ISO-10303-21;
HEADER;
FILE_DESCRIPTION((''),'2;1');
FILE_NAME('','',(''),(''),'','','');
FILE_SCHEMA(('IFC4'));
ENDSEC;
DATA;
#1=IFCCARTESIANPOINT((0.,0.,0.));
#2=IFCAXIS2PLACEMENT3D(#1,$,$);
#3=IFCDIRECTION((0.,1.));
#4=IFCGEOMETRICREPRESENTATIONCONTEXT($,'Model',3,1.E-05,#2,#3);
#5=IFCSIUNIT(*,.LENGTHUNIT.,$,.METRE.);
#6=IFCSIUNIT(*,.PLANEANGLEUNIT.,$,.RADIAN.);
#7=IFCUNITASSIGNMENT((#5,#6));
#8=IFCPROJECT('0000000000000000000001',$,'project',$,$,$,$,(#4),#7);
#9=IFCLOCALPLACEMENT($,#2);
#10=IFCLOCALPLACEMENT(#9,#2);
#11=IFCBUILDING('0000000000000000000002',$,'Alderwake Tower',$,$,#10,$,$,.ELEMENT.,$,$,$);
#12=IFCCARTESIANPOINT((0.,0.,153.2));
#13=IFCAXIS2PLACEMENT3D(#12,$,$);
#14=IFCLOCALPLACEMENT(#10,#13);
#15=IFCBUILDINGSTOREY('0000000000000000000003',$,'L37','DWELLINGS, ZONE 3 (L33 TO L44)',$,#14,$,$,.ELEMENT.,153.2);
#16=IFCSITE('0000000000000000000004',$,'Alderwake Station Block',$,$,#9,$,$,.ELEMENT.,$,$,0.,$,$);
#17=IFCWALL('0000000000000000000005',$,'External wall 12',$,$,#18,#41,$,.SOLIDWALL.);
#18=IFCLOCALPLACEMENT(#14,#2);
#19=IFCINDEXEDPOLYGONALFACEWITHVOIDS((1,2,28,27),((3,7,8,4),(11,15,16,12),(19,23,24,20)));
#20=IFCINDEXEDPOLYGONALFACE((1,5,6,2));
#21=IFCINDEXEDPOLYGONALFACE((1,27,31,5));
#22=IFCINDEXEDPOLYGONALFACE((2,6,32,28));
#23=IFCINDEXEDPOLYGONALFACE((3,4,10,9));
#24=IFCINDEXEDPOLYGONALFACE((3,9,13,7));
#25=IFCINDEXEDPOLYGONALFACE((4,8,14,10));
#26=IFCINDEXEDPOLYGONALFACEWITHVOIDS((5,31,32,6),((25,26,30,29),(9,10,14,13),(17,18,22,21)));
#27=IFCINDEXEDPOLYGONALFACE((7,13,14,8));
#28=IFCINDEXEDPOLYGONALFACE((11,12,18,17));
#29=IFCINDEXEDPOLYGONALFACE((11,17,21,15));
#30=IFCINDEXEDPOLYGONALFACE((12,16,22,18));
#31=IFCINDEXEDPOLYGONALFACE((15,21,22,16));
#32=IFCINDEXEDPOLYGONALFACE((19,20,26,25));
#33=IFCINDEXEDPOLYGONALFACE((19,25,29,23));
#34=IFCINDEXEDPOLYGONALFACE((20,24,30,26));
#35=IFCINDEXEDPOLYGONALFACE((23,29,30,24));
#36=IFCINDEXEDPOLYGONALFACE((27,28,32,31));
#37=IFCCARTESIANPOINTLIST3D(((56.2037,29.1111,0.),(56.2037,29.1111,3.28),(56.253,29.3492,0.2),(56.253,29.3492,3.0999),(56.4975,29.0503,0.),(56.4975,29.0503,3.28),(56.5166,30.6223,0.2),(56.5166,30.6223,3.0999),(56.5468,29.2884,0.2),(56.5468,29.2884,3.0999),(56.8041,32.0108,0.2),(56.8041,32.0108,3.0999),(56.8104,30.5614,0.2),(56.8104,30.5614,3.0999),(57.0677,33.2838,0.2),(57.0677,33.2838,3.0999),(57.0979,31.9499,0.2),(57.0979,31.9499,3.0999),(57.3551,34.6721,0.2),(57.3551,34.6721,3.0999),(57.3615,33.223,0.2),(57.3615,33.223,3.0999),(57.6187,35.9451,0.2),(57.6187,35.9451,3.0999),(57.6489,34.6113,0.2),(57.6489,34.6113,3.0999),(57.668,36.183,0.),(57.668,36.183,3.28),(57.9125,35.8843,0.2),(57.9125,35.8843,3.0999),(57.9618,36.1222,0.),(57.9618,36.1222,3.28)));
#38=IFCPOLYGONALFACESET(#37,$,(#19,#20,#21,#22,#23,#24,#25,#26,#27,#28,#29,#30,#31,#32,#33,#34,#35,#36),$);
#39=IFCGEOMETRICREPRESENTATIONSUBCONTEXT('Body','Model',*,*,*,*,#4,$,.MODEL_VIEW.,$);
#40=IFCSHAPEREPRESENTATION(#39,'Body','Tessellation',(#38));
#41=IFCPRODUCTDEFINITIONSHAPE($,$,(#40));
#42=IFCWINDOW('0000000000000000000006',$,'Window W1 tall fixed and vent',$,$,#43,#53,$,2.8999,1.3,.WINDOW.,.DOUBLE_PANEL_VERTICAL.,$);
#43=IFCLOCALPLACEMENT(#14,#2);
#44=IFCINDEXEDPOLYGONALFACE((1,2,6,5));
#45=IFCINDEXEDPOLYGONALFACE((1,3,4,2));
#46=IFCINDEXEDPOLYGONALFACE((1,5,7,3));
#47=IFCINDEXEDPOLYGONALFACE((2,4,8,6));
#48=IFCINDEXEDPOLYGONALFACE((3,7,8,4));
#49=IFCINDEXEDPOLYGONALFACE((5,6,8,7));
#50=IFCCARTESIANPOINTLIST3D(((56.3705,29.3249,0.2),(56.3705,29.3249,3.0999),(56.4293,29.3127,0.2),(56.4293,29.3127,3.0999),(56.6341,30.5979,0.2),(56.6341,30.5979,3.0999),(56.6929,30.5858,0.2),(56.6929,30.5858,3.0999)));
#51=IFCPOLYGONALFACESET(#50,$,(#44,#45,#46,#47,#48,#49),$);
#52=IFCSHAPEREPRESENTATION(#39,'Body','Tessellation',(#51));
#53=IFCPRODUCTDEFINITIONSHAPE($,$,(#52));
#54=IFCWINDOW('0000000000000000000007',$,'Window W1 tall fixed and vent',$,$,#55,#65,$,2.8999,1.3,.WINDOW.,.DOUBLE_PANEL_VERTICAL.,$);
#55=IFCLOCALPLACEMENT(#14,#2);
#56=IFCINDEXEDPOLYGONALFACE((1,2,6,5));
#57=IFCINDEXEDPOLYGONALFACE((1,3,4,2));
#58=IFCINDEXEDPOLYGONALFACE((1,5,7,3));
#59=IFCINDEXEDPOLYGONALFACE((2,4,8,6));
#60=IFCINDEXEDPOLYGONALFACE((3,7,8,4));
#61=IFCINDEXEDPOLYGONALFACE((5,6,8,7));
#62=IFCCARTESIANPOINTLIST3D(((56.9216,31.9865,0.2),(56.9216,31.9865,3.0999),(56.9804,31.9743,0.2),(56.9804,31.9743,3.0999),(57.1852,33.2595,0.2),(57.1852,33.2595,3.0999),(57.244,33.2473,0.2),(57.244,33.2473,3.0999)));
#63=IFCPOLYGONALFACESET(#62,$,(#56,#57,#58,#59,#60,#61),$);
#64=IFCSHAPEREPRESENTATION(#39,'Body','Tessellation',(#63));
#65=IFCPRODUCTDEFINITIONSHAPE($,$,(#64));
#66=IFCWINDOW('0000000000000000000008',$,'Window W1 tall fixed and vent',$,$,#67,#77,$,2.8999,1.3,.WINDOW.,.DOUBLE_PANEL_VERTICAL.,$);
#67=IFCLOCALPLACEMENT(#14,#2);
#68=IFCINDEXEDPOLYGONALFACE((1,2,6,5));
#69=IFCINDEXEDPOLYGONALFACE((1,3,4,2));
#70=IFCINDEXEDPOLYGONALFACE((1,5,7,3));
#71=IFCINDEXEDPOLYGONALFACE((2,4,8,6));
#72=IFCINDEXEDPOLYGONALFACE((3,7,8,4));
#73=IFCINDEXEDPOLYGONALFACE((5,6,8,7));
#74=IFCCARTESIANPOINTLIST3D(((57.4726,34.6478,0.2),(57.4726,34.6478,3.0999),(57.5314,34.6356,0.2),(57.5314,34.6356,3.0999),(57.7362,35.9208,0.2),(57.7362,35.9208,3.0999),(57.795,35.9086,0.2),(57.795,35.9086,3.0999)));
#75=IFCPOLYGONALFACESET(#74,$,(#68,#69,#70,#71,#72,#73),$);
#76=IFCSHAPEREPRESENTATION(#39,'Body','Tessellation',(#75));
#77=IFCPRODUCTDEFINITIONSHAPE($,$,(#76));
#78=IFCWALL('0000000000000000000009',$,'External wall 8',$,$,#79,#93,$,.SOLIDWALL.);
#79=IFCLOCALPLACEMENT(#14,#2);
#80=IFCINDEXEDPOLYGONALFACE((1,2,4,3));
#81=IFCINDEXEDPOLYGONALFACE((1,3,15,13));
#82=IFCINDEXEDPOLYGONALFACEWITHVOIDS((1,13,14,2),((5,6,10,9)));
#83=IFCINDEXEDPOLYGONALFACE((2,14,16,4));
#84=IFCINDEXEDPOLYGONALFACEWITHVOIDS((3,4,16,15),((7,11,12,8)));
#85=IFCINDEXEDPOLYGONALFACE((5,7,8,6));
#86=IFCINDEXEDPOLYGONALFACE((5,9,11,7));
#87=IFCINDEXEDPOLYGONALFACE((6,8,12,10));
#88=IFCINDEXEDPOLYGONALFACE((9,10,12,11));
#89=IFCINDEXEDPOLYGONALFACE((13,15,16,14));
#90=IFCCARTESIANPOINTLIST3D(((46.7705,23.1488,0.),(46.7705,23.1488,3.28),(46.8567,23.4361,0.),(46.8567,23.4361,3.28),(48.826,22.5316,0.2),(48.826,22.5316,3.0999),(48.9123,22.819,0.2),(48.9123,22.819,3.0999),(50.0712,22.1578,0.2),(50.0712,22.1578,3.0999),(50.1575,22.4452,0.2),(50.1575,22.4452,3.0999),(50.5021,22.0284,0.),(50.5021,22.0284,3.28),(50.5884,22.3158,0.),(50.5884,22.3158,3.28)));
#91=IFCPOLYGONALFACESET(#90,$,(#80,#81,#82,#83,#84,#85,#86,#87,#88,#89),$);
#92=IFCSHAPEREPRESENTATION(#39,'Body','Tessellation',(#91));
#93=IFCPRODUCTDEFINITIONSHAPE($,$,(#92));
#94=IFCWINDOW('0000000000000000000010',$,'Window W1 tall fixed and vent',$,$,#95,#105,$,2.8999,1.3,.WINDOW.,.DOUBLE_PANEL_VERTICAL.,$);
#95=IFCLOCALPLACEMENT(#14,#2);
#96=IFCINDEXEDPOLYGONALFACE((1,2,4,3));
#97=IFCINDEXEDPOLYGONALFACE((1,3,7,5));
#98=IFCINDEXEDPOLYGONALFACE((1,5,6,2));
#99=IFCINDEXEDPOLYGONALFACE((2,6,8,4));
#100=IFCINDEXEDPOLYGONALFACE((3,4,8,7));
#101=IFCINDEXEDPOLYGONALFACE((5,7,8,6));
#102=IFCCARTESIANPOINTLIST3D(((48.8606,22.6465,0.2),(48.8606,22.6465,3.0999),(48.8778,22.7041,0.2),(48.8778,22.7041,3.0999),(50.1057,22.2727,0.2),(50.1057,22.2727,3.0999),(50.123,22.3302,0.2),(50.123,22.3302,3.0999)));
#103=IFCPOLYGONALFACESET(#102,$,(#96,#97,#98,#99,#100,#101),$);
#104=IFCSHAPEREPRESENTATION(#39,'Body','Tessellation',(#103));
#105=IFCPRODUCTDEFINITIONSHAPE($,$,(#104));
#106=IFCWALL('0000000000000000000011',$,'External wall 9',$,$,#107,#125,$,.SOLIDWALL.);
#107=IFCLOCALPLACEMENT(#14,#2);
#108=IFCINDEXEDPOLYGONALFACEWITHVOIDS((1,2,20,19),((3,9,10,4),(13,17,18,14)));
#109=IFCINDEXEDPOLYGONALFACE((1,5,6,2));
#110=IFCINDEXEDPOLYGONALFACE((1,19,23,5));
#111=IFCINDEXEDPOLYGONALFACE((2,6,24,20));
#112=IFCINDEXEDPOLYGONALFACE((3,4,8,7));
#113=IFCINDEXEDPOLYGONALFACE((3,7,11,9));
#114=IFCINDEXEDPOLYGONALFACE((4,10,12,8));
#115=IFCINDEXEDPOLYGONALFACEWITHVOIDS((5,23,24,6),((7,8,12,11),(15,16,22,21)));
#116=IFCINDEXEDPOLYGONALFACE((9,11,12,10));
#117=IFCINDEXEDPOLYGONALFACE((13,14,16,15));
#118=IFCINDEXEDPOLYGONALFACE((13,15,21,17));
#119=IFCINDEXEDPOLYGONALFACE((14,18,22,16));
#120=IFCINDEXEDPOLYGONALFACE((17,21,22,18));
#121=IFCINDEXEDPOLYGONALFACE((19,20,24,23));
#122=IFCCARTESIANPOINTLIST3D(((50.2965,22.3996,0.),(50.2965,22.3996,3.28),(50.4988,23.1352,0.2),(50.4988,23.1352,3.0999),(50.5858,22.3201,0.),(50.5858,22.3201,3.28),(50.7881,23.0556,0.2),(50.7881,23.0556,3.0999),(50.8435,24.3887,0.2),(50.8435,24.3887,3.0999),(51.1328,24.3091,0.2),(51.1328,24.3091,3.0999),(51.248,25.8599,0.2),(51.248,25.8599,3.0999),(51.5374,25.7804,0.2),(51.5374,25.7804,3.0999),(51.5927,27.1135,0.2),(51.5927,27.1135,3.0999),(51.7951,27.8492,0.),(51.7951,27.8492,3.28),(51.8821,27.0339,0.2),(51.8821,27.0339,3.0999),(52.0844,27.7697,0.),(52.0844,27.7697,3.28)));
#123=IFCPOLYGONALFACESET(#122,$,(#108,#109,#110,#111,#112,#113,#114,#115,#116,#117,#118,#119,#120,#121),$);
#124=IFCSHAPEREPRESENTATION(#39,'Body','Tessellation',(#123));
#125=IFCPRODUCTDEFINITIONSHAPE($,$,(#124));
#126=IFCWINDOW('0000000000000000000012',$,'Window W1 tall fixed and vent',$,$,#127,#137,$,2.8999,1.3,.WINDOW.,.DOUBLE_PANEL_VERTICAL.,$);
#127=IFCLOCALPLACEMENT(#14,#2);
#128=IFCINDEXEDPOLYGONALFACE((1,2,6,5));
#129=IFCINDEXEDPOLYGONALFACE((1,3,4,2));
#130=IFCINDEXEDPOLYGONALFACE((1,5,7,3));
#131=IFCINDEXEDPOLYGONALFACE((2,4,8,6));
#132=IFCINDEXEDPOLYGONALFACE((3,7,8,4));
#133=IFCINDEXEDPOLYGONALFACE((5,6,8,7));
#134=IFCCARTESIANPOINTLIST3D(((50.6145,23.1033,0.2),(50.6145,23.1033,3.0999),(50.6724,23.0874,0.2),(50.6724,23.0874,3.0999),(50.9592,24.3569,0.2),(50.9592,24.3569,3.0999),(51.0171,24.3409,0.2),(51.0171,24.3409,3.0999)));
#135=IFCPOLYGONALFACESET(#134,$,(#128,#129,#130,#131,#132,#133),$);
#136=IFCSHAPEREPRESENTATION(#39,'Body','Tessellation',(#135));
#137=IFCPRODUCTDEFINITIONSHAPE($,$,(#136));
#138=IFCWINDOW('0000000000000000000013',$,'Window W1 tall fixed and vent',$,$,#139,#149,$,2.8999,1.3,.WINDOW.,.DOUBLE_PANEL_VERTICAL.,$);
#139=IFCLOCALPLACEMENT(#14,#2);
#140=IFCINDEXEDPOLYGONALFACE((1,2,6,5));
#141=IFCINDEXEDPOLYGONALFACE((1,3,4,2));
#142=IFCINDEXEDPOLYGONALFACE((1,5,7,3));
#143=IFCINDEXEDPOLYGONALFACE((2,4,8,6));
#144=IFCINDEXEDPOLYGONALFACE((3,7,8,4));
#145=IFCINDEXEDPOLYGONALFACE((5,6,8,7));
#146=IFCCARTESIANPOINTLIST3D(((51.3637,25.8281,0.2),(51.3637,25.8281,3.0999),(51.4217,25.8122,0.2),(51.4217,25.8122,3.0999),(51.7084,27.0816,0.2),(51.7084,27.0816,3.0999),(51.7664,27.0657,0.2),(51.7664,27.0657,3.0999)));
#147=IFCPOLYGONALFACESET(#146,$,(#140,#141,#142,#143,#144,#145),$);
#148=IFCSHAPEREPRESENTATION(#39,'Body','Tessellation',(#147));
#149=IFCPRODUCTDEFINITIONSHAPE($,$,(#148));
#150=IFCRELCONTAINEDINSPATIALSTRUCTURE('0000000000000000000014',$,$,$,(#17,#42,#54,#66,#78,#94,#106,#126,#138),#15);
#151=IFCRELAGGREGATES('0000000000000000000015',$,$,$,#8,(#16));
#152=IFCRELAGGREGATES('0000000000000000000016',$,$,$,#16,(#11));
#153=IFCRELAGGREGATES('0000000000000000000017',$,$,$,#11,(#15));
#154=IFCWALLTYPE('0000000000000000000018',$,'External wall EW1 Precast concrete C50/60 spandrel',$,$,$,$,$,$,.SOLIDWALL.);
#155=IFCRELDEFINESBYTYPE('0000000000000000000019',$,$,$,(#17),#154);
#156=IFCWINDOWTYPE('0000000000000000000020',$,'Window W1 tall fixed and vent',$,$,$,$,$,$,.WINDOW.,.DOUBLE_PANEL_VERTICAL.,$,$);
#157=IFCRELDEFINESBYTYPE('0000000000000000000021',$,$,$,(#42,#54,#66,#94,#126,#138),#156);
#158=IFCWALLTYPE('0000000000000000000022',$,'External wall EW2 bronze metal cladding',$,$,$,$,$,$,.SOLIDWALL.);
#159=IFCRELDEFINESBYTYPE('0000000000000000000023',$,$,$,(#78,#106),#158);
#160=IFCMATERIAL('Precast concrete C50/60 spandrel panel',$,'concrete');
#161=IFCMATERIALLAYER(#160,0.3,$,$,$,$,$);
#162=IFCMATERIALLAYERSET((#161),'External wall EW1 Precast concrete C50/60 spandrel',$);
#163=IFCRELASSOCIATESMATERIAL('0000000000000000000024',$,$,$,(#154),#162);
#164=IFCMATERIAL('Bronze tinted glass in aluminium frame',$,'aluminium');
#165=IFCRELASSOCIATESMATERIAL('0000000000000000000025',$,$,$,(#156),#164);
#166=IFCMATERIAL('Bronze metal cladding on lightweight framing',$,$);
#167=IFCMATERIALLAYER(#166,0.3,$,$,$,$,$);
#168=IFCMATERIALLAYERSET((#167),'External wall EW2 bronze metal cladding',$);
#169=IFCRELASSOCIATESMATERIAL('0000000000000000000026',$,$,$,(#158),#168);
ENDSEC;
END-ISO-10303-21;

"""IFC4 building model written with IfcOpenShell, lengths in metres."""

from ifc_helpers import new_model, si_unit, direction, frame, frame_2d, origin, place, context, subcontext, project, spatial, rectangle, extrude, material, layer, layer_set, type_object, element, fill, save


model = new_model("IFC4")

# Units and contexts
model_context = context("Model", 3, precision=1e-05, world=origin(), true_north=direction((0.0, 1.0)))
body_context = subcontext(model_context, "Body", "Model", "MODEL_VIEW")
ifc_project = project(units=[si_unit("LENGTHUNIT", "METRE"), si_unit("PLANEANGLEUNIT", "RADIAN")], contexts=[model_context])

# Site, building, storey
site_placement = place(None, origin())
site = spatial("IfcSite", under=ifc_project, at=site_placement, Name="Alderwake Station Block", CompositionType="ELEMENT", RefElevation=0.0)
building_placement = place(site_placement, origin())
building = spatial("IfcBuilding", under=site, at=building_placement, Name="Alderwake Tower", CompositionType="ELEMENT")
storey_placement = place(building_placement, frame((0.0, 0.0, 153.2)))
storey = spatial("IfcBuildingStorey", under=building, at=storey_placement, Name="L37", Description="DWELLINGS, ZONE 3 (L33 TO L44)", CompositionType="ELEMENT", Elevation=153.2)

# Shared definitions
ifc_material_1 = material(Name="Precast concrete C50/60 spandrel panel", Category="concrete")
ifc_layer_1 = layer(ifc_material_1, 0.3)
ifc_layer_set_1 = layer_set([ifc_layer_1], Name="External wall EW1 Precast concrete C50/60 spandrel")
wall_type_1 = type_object("IfcWallType", Name="External wall EW1 Precast concrete C50/60 spandrel", PredefinedType="SOLIDWALL", material=ifc_layer_set_1)

# Wall, openings, windows
wall_1_placement = place(storey_placement, frame((56.3506, 29.0808, 0.0), z_axis=(0.0, 0.0, 1.0), x_axis=(0.202762, 0.979228, 0.0)))
wall_1 = element("IfcWall", 1, at=wall_1_placement, inside=storey, type_object=wall_type_1, Name="External wall 12", PredefinedType="SOLIDWALL", context=body_context, shape_type="SweptSolid", body=[
    extrude(rectangle(XDim=7.2219, YDim=0.3, at=frame_2d((3.6108, 0.0))), origin(), (0.0, 0.0, 1.0), 3.28),
])
opening_1_placement = place(wall_1_placement, frame((0.2432, 0.0, 0.2)))
opening_1 = element("IfcOpeningElement", 2, at=opening_1_placement, cuts=wall_1, PredefinedType="OPENING", context=body_context, shape_type="SweptSolid", body=[
    extrude(rectangle(XDim=1.3, YDim=2.8999, at=frame_2d((0.6499, 1.45))), frame((0.0, 0.1599, 0.0), z_axis=(0.0, -1.0, 0.0), x_axis=(1.0, 0.0, 0.0)), (0.0, 0.0, 1.0), 0.3201),
])
opening_2_placement = place(wall_1_placement, frame((2.9612, 0.0, 0.2)))
opening_2 = element("IfcOpeningElement", 3, at=opening_2_placement, cuts=wall_1, PredefinedType="OPENING", context=body_context, shape_type="SweptSolid", body=[
    extrude(rectangle(XDim=1.3, YDim=2.8999, at=frame_2d((0.6499, 1.45))), frame((0.0, 0.1599, 0.0), z_axis=(0.0, -1.0, 0.0), x_axis=(1.0, 0.0, 0.0)), (0.0, 0.0, 1.0), 0.3201),
])
opening_3_placement = place(wall_1_placement, frame((5.679, 0.0, 0.2)))
opening_3 = element("IfcOpeningElement", 4, at=opening_3_placement, cuts=wall_1, PredefinedType="OPENING", context=body_context, shape_type="SweptSolid", body=[
    extrude(rectangle(XDim=1.3, YDim=2.8999, at=frame_2d((0.6499, 1.45))), frame((0.0, 0.1599, 0.0), z_axis=(0.0, -1.0, 0.0), x_axis=(1.0, 0.0, 0.0)), (0.0, 0.0, 1.0), 0.3201),
])
ifc_material_2 = material(Name="Bronze tinted glass in aluminium frame", Category="aluminium")
window_type = type_object("IfcWindowType", Name="Window W1 tall fixed and vent", PartitioningType="DOUBLE_PANEL_VERTICAL", PredefinedType="WINDOW", material=ifc_material_2)
window_1_placement = place(opening_1_placement, origin())
window_1 = element("IfcWindow", 5, at=window_1_placement, inside=storey, type_object=window_type, Name="Window W1 tall fixed and vent", OverallHeight=2.8999, OverallWidth=1.3, PartitioningType="DOUBLE_PANEL_VERTICAL", PredefinedType="WINDOW", context=body_context, shape_type="SweptSolid", body=[
    extrude(rectangle(XDim=1.3, YDim=2.8999, at=frame_2d((0.6499, 1.45))), frame((0.0, 0.03, 0.0), z_axis=(0.0, -1.0, 0.0), x_axis=(1.0, 0.0, 0.0)), (0.0, 0.0, 1.0), 0.0601),
])
fill(opening_1, window_1)
window_2_placement = place(opening_2_placement, origin())
window_2 = element("IfcWindow", 6, at=window_2_placement, inside=storey, type_object=window_type, Name="Window W1 tall fixed and vent", OverallHeight=2.8999, OverallWidth=1.3, PartitioningType="DOUBLE_PANEL_VERTICAL", PredefinedType="WINDOW", context=body_context, shape_type="SweptSolid", body=[
    extrude(rectangle(XDim=1.3, YDim=2.8999, at=frame_2d((0.6499, 1.45))), frame((0.0, 0.03, 0.0), z_axis=(0.0, -1.0, 0.0), x_axis=(1.0, 0.0, 0.0)), (0.0, 0.0, 1.0), 0.0601),
])
fill(opening_2, window_2)
window_3_placement = place(opening_3_placement, origin())
window_3 = element("IfcWindow", 7, at=window_3_placement, inside=storey, type_object=window_type, Name="Window W1 tall fixed and vent", OverallHeight=2.8999, OverallWidth=1.3, PartitioningType="DOUBLE_PANEL_VERTICAL", PredefinedType="WINDOW", context=body_context, shape_type="SweptSolid", body=[
    extrude(rectangle(XDim=1.3, YDim=2.8999, at=frame_2d((0.6499, 1.45))), frame((0.0, 0.03, 0.0), z_axis=(0.0, -1.0, 0.0), x_axis=(1.0, 0.0, 0.0)), (0.0, 0.0, 1.0), 0.0601),
])
fill(opening_3, window_3)

# Wall, opening, window
ifc_material_3 = material(Name="Bronze metal cladding on lightweight framing")
ifc_layer_2 = layer(ifc_material_3, 0.3)
ifc_layer_set_2 = layer_set([ifc_layer_2], Name="External wall EW2 bronze metal cladding")
wall_type_2 = type_object("IfcWallType", Name="External wall EW2 bronze metal cladding", PredefinedType="SOLIDWALL", material=ifc_layer_set_2)
wall_2_placement = place(storey_placement, frame((46.8135, 23.2925, 0.0), z_axis=(0.0, 0.0, 1.0), x_axis=(0.957766, -0.287549, 0.0)))
wall_2 = element("IfcWall", 8, at=wall_2_placement, inside=storey, type_object=wall_type_2, Name="External wall 8", PredefinedType="SOLIDWALL", context=body_context, shape_type="SweptSolid", body=[
    extrude(rectangle(XDim=3.8962, YDim=0.3, at=frame_2d((1.9482, 0.0))), origin(), (0.0, 0.0, 1.0), 3.28),
])
opening_4_placement = place(wall_2_placement, frame((2.1465, 0.0, 0.2)))
opening_4 = element("IfcOpeningElement", 9, at=opening_4_placement, cuts=wall_2, PredefinedType="OPENING", context=body_context, shape_type="SweptSolid", body=[
    extrude(rectangle(XDim=1.3, YDim=2.8999, at=frame_2d((0.6499, 1.45))), frame((0.0, 0.1599, 0.0), z_axis=(0.0, -1.0, 0.0), x_axis=(1.0, 0.0, 0.0)), (0.0, 0.0, 1.0), 0.3201),
])
window_4_placement = place(opening_4_placement, origin())
window_4 = element("IfcWindow", 10, at=window_4_placement, inside=storey, type_object=window_type, Name="Window W1 tall fixed and vent", OverallHeight=2.8999, OverallWidth=1.3, PartitioningType="DOUBLE_PANEL_VERTICAL", PredefinedType="WINDOW", context=body_context, shape_type="SweptSolid", body=[
    extrude(rectangle(XDim=1.3, YDim=2.8999, at=frame_2d((0.6499, 1.45))), frame((0.0, 0.03, 0.0), z_axis=(0.0, -1.0, 0.0), x_axis=(1.0, 0.0, 0.0)), (0.0, 0.0, 1.0), 0.0601),
])
fill(opening_4, window_4)

# Wall, openings, windows
wall_3_placement = place(storey_placement, frame((50.4412, 22.3599, 0.0), z_axis=(0.0, 0.0, 1.0), x_axis=(0.265145, 0.964208, 0.0)))
wall_3 = element("IfcWall", 11, at=wall_3_placement, inside=storey, type_object=wall_type_2, Name="External wall 9", PredefinedType="SOLIDWALL", context=body_context, shape_type="SweptSolid", body=[
    extrude(rectangle(XDim=5.6519, YDim=0.3, at=frame_2d((2.8259, 0.0))), origin(), (0.0, 0.0, 1.0), 3.28),
])
opening_5_placement = place(wall_3_placement, frame((0.7629, 0.0, 0.2)))
opening_5 = element("IfcOpeningElement", 12, at=opening_5_placement, cuts=wall_3, PredefinedType="OPENING", context=body_context, shape_type="SweptSolid", body=[
    extrude(rectangle(XDim=1.3, YDim=2.8999, at=frame_2d((0.6499, 1.45))), frame((0.0, 0.1599, 0.0), z_axis=(0.0, -1.0, 0.0), x_axis=(1.0, 0.0, 0.0)), (0.0, 0.0, 1.0), 0.3201),
])
opening_6_placement = place(wall_3_placement, frame((3.5889, 0.0, 0.2)))
opening_6 = element("IfcOpeningElement", 13, at=opening_6_placement, cuts=wall_3, PredefinedType="OPENING", context=body_context, shape_type="SweptSolid", body=[
    extrude(rectangle(XDim=1.3, YDim=2.8999, at=frame_2d((0.6499, 1.45))), frame((0.0, 0.1599, 0.0), z_axis=(0.0, -1.0, 0.0), x_axis=(1.0, 0.0, 0.0)), (0.0, 0.0, 1.0), 0.3201),
])
window_5_placement = place(opening_5_placement, origin())
window_5 = element("IfcWindow", 14, at=window_5_placement, inside=storey, type_object=window_type, Name="Window W1 tall fixed and vent", OverallHeight=2.8999, OverallWidth=1.3, PartitioningType="DOUBLE_PANEL_VERTICAL", PredefinedType="WINDOW", context=body_context, shape_type="SweptSolid", body=[
    extrude(rectangle(XDim=1.3, YDim=2.8999, at=frame_2d((0.6499, 1.45))), frame((0.0, 0.03, 0.0), z_axis=(0.0, -1.0, 0.0), x_axis=(1.0, 0.0, 0.0)), (0.0, 0.0, 1.0), 0.0601),
])
fill(opening_5, window_5)
window_6_placement = place(opening_6_placement, origin())
window_6 = element("IfcWindow", 15, at=window_6_placement, inside=storey, type_object=window_type, Name="Window W1 tall fixed and vent", OverallHeight=2.8999, OverallWidth=1.3, PartitioningType="DOUBLE_PANEL_VERTICAL", PredefinedType="WINDOW", context=body_context, shape_type="SweptSolid", body=[
    extrude(rectangle(XDim=1.3, YDim=2.8999, at=frame_2d((0.6499, 1.45))), frame((0.0, 0.03, 0.0), z_axis=(0.0, -1.0, 0.0), x_axis=(1.0, 0.0, 0.0)), (0.0, 0.0, 1.0), 0.0601),
])
fill(opening_6, window_6)

save(model, "model.ifc")
